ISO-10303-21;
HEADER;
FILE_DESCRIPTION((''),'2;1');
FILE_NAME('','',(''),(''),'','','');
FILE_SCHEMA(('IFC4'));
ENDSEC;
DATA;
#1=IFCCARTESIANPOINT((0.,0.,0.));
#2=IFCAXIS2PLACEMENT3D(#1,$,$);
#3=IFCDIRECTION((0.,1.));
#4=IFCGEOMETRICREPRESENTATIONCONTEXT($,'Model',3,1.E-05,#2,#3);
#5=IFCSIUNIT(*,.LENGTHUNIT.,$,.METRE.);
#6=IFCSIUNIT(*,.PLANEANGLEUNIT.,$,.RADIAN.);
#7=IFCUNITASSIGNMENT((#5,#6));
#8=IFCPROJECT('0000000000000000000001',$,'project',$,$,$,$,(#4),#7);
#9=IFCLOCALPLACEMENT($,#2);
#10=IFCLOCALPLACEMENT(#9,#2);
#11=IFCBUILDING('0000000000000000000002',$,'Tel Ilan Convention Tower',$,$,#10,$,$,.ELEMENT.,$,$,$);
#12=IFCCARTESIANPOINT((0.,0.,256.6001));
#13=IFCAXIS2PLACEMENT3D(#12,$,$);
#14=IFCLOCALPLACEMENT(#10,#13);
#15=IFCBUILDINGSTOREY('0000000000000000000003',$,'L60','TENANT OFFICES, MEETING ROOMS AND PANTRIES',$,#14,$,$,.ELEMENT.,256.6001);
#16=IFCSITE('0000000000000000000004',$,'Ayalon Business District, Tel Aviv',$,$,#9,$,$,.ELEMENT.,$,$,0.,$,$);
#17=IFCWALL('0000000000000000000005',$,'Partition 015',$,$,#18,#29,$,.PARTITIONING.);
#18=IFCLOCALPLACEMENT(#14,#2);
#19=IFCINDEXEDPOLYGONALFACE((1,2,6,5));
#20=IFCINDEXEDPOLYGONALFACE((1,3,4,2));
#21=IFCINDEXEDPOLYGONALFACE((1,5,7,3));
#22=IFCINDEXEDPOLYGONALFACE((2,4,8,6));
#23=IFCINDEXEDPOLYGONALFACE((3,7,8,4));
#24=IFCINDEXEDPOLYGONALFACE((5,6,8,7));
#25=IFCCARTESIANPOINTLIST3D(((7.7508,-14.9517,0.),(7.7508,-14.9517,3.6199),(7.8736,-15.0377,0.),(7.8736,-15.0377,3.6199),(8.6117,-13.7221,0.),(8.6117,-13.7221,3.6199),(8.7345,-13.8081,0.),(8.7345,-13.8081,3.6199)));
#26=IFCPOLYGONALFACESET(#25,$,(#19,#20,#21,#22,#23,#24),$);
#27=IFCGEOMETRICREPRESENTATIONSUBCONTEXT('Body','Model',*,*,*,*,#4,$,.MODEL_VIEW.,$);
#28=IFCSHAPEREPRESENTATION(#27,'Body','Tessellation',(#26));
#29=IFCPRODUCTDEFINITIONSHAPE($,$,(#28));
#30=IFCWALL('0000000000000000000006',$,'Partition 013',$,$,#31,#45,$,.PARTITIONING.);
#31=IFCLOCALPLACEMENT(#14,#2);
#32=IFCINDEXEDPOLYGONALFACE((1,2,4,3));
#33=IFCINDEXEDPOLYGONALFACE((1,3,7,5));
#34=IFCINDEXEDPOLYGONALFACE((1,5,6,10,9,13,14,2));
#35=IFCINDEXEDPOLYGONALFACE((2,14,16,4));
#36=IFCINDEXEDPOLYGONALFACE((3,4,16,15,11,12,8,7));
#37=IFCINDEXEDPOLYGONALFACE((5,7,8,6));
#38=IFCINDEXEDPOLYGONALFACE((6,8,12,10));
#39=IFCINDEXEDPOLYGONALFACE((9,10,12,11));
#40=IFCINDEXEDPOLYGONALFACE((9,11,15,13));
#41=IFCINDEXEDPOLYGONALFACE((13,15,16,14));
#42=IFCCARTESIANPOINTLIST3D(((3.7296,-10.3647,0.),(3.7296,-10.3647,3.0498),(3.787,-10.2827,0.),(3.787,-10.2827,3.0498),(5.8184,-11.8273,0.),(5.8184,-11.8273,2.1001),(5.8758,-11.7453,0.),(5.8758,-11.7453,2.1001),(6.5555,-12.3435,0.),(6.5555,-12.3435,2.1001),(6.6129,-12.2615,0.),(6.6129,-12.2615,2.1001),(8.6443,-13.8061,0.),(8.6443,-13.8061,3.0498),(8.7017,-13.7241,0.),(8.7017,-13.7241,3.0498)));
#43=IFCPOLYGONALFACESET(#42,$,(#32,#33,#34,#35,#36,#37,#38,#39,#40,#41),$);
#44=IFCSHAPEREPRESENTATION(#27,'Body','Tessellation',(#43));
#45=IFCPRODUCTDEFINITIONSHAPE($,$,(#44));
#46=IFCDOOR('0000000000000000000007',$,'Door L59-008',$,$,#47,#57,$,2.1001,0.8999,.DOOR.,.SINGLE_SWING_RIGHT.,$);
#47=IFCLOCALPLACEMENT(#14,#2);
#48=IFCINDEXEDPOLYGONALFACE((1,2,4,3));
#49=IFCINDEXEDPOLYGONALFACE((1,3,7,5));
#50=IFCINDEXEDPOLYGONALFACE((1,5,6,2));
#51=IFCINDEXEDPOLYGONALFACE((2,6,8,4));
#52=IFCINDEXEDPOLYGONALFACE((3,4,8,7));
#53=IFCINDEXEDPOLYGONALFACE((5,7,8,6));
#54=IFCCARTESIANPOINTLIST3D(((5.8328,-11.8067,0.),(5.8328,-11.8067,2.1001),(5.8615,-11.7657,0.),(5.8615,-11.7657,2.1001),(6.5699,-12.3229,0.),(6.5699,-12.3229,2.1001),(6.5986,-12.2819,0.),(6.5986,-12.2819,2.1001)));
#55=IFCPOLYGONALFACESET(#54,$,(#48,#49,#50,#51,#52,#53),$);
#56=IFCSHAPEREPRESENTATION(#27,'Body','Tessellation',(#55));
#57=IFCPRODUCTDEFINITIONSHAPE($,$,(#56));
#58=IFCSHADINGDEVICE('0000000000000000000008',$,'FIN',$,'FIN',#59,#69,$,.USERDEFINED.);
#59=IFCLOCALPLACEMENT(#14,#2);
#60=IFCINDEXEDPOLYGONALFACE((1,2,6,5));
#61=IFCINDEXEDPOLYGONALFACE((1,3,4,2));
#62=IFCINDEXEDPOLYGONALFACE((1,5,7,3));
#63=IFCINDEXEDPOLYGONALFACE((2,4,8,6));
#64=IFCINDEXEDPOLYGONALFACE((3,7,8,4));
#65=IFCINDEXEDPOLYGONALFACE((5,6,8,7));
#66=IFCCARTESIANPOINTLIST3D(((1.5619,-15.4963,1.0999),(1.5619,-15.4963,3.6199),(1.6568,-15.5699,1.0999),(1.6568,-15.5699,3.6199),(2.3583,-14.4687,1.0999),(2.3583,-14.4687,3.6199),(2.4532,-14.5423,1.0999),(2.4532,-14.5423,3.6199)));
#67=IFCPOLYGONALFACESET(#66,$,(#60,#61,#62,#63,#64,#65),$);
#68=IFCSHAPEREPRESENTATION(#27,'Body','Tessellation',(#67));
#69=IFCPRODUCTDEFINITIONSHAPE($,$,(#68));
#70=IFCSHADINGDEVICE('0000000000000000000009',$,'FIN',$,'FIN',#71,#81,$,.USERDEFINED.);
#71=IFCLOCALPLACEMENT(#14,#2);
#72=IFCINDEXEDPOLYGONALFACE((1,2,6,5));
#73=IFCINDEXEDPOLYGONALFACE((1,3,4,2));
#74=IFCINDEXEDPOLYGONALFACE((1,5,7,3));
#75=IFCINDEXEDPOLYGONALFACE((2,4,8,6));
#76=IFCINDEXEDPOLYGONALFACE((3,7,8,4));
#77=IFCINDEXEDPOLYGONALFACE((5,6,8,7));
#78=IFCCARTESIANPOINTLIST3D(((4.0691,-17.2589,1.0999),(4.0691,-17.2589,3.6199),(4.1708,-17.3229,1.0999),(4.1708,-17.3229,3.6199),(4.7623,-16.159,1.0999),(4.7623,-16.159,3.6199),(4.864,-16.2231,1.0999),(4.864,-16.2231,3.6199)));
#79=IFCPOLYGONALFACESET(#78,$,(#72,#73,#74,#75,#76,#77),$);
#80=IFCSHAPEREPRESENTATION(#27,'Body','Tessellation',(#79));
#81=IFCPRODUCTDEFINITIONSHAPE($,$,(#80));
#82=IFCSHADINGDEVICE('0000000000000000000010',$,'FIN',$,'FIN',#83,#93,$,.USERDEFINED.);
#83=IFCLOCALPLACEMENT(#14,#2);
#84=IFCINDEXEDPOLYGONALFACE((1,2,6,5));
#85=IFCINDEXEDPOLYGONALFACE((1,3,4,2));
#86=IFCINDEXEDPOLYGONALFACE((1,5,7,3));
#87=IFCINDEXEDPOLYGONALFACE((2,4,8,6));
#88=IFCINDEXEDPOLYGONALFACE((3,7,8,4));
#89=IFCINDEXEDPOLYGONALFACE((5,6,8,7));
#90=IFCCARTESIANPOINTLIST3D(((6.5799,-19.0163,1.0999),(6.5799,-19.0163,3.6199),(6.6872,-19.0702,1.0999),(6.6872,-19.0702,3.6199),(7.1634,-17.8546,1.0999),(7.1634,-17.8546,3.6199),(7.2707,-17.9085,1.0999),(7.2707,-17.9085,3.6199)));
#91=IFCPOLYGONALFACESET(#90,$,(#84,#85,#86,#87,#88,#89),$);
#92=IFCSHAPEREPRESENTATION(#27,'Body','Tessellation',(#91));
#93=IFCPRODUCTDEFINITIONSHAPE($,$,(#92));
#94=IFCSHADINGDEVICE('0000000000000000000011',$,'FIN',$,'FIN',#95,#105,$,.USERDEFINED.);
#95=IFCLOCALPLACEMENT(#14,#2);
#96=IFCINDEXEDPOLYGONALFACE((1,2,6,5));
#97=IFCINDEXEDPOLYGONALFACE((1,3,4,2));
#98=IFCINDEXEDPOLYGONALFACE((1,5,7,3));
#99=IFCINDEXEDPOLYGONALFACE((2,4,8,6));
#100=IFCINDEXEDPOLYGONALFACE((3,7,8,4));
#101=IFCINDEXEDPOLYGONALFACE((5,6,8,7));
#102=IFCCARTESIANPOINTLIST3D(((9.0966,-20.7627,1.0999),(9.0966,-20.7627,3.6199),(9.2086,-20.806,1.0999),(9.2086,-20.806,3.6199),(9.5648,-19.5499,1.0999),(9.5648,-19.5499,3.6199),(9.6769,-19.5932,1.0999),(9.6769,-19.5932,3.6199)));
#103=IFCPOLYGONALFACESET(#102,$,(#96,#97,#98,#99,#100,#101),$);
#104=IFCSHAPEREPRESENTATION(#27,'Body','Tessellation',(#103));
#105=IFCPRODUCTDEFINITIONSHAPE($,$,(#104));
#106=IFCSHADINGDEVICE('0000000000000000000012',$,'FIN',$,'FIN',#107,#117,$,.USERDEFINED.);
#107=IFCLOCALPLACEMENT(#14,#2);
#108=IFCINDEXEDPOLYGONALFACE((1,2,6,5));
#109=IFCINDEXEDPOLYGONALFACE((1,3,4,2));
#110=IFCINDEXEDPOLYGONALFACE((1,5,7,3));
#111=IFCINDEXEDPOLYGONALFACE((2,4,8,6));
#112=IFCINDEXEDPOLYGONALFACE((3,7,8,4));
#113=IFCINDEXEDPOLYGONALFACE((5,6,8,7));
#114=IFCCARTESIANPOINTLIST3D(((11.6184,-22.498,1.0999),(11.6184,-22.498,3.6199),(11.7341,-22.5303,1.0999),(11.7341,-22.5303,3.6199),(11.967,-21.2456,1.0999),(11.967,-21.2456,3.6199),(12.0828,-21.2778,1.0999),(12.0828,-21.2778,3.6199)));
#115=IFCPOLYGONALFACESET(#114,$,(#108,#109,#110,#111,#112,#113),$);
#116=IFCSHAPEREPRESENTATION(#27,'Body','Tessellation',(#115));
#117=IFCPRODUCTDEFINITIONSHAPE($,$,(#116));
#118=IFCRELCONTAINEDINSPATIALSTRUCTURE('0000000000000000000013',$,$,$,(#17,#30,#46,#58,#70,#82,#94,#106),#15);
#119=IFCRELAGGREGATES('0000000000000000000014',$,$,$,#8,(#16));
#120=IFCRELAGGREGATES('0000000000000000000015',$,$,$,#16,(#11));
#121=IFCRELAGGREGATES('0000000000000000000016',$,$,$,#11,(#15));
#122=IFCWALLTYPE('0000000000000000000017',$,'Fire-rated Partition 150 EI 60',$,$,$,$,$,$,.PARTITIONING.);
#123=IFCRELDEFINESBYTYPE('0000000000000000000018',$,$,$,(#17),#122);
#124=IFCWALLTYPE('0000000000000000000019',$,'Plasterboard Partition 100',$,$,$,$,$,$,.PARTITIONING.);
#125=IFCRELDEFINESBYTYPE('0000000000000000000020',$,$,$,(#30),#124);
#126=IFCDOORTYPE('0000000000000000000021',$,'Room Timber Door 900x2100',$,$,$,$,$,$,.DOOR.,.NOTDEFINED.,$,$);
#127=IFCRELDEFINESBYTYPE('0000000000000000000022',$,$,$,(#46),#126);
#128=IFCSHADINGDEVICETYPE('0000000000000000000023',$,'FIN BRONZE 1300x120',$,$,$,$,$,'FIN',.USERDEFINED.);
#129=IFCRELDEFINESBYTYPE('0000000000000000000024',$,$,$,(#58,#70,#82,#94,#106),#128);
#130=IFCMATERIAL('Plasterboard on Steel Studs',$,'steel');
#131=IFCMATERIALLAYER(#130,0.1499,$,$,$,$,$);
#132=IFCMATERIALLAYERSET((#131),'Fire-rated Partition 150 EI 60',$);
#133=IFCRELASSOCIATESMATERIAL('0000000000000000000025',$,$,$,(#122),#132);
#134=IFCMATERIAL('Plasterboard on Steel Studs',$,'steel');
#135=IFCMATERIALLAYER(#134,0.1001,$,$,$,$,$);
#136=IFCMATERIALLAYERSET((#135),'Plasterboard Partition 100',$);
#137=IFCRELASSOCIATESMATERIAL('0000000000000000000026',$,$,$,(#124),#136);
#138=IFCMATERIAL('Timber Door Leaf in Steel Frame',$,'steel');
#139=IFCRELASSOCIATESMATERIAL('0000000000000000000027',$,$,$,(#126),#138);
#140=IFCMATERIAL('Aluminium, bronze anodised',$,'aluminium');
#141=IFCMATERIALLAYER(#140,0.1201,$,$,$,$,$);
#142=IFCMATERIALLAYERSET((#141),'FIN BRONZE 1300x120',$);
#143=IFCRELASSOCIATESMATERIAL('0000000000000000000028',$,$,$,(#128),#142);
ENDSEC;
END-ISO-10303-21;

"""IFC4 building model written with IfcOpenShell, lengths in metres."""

from ifc_helpers import new_model, si_unit, direction, frame, frame_2d, origin, origin_2d, place, context, subcontext, project, spatial, rectangle, extrude, material, layer, layer_set, type_object, element, fill, save


model = new_model("IFC4")

# Units and contexts
model_context = context("Model", 3, precision=1e-05, world=origin(), true_north=direction((0.0, 1.0)))
body_context = subcontext(model_context, "Body", "Model", "MODEL_VIEW")
ifc_project = project(units=[si_unit("LENGTHUNIT", "METRE"), si_unit("PLANEANGLEUNIT", "RADIAN")], contexts=[model_context])

# Site, building, storey
site_placement = place(None, origin())
site = spatial("IfcSite", under=ifc_project, at=site_placement, Name="Ayalon Business District, Tel Aviv", CompositionType="ELEMENT", RefElevation=0.0)
building_placement = place(site_placement, origin())
building = spatial("IfcBuilding", under=site, at=building_placement, Name="Tel Ilan Convention Tower", CompositionType="ELEMENT")
storey_placement = place(building_placement, frame((0.0, 0.0, 256.6001)))
storey = spatial("IfcBuildingStorey", under=building, at=storey_placement, Name="L60", Description="TENANT OFFICES, MEETING ROOMS AND PANTRIES", CompositionType="ELEMENT", Elevation=256.6001)

# Wall
ifc_material_1 = material(Name="Plasterboard on Steel Studs", Category="steel")
ifc_layer_1 = layer(ifc_material_1, 0.1499)
ifc_layer_set_1 = layer_set([ifc_layer_1], Name="Fire-rated Partition 150 EI 60")
wall_type_1 = type_object("IfcWallType", Name="Fire-rated Partition 150 EI 60", PredefinedType="PARTITIONING", material=ifc_layer_set_1)
wall_1_placement = place(storey_placement, frame((8.6731, -13.7651, 0.0), z_axis=(0.0, 0.0, 1.0), x_axis=(-0.57355, -0.819171, 0.0)))
element("IfcWall", 1, at=wall_1_placement, inside=storey, type_object=wall_type_1, Name="Partition 015", PredefinedType="PARTITIONING", context=body_context, shape_type="SweptSolid", body=[
    extrude(rectangle(XDim=1.501, YDim=0.1499, at=frame_2d((0.7505, 0.0))), origin(), (0.0, 0.0, 1.0), 3.6199),
])

# Wall, opening, door
ifc_material_2 = material(Name="Plasterboard on Steel Studs", Category="steel")
ifc_layer_2 = layer(ifc_material_2, 0.1001)
ifc_layer_set_2 = layer_set([ifc_layer_2], Name="Plasterboard Partition 100")
wall_type_2 = type_object("IfcWallType", Name="Plasterboard Partition 100", PredefinedType="PARTITIONING", material=ifc_layer_set_2)
wall_2_placement = place(storey_placement, frame((8.6731, -13.7651, 0.0), z_axis=(0.0, 0.0, 1.0), x_axis=(-0.81915, 0.57358, 0.0)))
wall_2 = element("IfcWall", 2, at=wall_2_placement, inside=storey, type_object=wall_type_2, Name="Partition 013", PredefinedType="PARTITIONING", context=body_context, shape_type="SweptSolid", body=[
    extrude(rectangle(XDim=5.9998, YDim=0.1001, at=frame_2d((3.0, 0.0))), origin(), (0.0, 0.0, 1.0), 3.0498),
])
opening_placement = place(wall_2_placement, frame((2.55, 0.0, 0.0)))
opening = element("IfcOpeningElement", 3, at=opening_placement, cuts=wall_2, PredefinedType="OPENING", context=body_context, shape_type="SweptSolid", body=[
    extrude(rectangle(XDim=0.8999, YDim=2.1001, at=frame_2d((0.45, 1.05))), frame((0.0, 0.0601, 0.0), z_axis=(0.0, -1.0, 0.0), x_axis=(1.0, 0.0, 0.0)), (0.0, 0.0, 1.0), 0.1201),
])
ifc_material_3 = material(Name="Timber Door Leaf in Steel Frame", Category="steel")
door_type = type_object("IfcDoorType", Name="Room Timber Door 900x2100", OperationType="NOTDEFINED", PredefinedType="DOOR", material=ifc_material_3)
door_placement = place(opening_placement, origin())
door = element("IfcDoor", 4, at=door_placement, inside=storey, type_object=door_type, Name="Door L59-008", OperationType="SINGLE_SWING_RIGHT", OverallHeight=2.1001, OverallWidth=0.8999, PredefinedType="DOOR", context=body_context, shape_type="SweptSolid", body=[
    extrude(rectangle(XDim=0.8999, YDim=2.1001, at=frame_2d((0.45, 1.05))), frame((0.0, 0.0249, 0.0), z_axis=(0.0, -1.0, 0.0), x_axis=(1.0, 0.0, 0.0)), (0.0, 0.0, 1.0), 0.05),
])
fill(opening, door)

# Shading devices
ifc_material_4 = material(Name="Aluminium, bronze anodised", Category="aluminium")
ifc_layer_3 = layer(ifc_material_4, 0.1201)
ifc_layer_set_3 = layer_set([ifc_layer_3], Name="FIN BRONZE 1300x120")
shading_device_type = type_object("IfcShadingDeviceType", Name="FIN BRONZE 1300x120", ElementType="FIN", PredefinedType="USERDEFINED", material=ifc_layer_set_3)
for number, where, z_axis, x_axis, name in (
    (5, (2.0076, -15.0193, 1.0999), (0.0, 0.0, 1.0), (-0.612601, -0.790393, 0.0), "FIN"),
    (6, (4.4666, -16.741, 1.0999), (0.0, 0.0, 1.0), (-0.533204, -0.845986, 0.0), "FIN"),
    (7, (6.9253, -18.4624, 1.0999), (0.0, 0.0, 1.0), (-0.448799, -0.893633, 0.0), "FIN"),
    (8, (9.3867, -20.178, 1.0999), (0.0, 0.0, 1.0), (-0.360178, -0.932884, 0.0), "FIN"),
    (9, (11.8506, -21.8879, 1.0999), (0.0, 0.0, 1.0), (-0.268173, -0.963371, 0.0), "FIN"),
):
    element("IfcShadingDevice", number, at=place(storey_placement, frame(where, z_axis=z_axis, x_axis=x_axis)), inside=storey, type_object=shading_device_type, Name=name, ObjectType="FIN", PredefinedType="USERDEFINED", context=body_context, shape_type="SweptSolid", body=[
        extrude(rectangle(XDim=1.3, YDim=0.1201, at=origin_2d()), origin(), (0.0, 0.0, 1.0), 2.52),
    ])

save(model, "model.ifc")
